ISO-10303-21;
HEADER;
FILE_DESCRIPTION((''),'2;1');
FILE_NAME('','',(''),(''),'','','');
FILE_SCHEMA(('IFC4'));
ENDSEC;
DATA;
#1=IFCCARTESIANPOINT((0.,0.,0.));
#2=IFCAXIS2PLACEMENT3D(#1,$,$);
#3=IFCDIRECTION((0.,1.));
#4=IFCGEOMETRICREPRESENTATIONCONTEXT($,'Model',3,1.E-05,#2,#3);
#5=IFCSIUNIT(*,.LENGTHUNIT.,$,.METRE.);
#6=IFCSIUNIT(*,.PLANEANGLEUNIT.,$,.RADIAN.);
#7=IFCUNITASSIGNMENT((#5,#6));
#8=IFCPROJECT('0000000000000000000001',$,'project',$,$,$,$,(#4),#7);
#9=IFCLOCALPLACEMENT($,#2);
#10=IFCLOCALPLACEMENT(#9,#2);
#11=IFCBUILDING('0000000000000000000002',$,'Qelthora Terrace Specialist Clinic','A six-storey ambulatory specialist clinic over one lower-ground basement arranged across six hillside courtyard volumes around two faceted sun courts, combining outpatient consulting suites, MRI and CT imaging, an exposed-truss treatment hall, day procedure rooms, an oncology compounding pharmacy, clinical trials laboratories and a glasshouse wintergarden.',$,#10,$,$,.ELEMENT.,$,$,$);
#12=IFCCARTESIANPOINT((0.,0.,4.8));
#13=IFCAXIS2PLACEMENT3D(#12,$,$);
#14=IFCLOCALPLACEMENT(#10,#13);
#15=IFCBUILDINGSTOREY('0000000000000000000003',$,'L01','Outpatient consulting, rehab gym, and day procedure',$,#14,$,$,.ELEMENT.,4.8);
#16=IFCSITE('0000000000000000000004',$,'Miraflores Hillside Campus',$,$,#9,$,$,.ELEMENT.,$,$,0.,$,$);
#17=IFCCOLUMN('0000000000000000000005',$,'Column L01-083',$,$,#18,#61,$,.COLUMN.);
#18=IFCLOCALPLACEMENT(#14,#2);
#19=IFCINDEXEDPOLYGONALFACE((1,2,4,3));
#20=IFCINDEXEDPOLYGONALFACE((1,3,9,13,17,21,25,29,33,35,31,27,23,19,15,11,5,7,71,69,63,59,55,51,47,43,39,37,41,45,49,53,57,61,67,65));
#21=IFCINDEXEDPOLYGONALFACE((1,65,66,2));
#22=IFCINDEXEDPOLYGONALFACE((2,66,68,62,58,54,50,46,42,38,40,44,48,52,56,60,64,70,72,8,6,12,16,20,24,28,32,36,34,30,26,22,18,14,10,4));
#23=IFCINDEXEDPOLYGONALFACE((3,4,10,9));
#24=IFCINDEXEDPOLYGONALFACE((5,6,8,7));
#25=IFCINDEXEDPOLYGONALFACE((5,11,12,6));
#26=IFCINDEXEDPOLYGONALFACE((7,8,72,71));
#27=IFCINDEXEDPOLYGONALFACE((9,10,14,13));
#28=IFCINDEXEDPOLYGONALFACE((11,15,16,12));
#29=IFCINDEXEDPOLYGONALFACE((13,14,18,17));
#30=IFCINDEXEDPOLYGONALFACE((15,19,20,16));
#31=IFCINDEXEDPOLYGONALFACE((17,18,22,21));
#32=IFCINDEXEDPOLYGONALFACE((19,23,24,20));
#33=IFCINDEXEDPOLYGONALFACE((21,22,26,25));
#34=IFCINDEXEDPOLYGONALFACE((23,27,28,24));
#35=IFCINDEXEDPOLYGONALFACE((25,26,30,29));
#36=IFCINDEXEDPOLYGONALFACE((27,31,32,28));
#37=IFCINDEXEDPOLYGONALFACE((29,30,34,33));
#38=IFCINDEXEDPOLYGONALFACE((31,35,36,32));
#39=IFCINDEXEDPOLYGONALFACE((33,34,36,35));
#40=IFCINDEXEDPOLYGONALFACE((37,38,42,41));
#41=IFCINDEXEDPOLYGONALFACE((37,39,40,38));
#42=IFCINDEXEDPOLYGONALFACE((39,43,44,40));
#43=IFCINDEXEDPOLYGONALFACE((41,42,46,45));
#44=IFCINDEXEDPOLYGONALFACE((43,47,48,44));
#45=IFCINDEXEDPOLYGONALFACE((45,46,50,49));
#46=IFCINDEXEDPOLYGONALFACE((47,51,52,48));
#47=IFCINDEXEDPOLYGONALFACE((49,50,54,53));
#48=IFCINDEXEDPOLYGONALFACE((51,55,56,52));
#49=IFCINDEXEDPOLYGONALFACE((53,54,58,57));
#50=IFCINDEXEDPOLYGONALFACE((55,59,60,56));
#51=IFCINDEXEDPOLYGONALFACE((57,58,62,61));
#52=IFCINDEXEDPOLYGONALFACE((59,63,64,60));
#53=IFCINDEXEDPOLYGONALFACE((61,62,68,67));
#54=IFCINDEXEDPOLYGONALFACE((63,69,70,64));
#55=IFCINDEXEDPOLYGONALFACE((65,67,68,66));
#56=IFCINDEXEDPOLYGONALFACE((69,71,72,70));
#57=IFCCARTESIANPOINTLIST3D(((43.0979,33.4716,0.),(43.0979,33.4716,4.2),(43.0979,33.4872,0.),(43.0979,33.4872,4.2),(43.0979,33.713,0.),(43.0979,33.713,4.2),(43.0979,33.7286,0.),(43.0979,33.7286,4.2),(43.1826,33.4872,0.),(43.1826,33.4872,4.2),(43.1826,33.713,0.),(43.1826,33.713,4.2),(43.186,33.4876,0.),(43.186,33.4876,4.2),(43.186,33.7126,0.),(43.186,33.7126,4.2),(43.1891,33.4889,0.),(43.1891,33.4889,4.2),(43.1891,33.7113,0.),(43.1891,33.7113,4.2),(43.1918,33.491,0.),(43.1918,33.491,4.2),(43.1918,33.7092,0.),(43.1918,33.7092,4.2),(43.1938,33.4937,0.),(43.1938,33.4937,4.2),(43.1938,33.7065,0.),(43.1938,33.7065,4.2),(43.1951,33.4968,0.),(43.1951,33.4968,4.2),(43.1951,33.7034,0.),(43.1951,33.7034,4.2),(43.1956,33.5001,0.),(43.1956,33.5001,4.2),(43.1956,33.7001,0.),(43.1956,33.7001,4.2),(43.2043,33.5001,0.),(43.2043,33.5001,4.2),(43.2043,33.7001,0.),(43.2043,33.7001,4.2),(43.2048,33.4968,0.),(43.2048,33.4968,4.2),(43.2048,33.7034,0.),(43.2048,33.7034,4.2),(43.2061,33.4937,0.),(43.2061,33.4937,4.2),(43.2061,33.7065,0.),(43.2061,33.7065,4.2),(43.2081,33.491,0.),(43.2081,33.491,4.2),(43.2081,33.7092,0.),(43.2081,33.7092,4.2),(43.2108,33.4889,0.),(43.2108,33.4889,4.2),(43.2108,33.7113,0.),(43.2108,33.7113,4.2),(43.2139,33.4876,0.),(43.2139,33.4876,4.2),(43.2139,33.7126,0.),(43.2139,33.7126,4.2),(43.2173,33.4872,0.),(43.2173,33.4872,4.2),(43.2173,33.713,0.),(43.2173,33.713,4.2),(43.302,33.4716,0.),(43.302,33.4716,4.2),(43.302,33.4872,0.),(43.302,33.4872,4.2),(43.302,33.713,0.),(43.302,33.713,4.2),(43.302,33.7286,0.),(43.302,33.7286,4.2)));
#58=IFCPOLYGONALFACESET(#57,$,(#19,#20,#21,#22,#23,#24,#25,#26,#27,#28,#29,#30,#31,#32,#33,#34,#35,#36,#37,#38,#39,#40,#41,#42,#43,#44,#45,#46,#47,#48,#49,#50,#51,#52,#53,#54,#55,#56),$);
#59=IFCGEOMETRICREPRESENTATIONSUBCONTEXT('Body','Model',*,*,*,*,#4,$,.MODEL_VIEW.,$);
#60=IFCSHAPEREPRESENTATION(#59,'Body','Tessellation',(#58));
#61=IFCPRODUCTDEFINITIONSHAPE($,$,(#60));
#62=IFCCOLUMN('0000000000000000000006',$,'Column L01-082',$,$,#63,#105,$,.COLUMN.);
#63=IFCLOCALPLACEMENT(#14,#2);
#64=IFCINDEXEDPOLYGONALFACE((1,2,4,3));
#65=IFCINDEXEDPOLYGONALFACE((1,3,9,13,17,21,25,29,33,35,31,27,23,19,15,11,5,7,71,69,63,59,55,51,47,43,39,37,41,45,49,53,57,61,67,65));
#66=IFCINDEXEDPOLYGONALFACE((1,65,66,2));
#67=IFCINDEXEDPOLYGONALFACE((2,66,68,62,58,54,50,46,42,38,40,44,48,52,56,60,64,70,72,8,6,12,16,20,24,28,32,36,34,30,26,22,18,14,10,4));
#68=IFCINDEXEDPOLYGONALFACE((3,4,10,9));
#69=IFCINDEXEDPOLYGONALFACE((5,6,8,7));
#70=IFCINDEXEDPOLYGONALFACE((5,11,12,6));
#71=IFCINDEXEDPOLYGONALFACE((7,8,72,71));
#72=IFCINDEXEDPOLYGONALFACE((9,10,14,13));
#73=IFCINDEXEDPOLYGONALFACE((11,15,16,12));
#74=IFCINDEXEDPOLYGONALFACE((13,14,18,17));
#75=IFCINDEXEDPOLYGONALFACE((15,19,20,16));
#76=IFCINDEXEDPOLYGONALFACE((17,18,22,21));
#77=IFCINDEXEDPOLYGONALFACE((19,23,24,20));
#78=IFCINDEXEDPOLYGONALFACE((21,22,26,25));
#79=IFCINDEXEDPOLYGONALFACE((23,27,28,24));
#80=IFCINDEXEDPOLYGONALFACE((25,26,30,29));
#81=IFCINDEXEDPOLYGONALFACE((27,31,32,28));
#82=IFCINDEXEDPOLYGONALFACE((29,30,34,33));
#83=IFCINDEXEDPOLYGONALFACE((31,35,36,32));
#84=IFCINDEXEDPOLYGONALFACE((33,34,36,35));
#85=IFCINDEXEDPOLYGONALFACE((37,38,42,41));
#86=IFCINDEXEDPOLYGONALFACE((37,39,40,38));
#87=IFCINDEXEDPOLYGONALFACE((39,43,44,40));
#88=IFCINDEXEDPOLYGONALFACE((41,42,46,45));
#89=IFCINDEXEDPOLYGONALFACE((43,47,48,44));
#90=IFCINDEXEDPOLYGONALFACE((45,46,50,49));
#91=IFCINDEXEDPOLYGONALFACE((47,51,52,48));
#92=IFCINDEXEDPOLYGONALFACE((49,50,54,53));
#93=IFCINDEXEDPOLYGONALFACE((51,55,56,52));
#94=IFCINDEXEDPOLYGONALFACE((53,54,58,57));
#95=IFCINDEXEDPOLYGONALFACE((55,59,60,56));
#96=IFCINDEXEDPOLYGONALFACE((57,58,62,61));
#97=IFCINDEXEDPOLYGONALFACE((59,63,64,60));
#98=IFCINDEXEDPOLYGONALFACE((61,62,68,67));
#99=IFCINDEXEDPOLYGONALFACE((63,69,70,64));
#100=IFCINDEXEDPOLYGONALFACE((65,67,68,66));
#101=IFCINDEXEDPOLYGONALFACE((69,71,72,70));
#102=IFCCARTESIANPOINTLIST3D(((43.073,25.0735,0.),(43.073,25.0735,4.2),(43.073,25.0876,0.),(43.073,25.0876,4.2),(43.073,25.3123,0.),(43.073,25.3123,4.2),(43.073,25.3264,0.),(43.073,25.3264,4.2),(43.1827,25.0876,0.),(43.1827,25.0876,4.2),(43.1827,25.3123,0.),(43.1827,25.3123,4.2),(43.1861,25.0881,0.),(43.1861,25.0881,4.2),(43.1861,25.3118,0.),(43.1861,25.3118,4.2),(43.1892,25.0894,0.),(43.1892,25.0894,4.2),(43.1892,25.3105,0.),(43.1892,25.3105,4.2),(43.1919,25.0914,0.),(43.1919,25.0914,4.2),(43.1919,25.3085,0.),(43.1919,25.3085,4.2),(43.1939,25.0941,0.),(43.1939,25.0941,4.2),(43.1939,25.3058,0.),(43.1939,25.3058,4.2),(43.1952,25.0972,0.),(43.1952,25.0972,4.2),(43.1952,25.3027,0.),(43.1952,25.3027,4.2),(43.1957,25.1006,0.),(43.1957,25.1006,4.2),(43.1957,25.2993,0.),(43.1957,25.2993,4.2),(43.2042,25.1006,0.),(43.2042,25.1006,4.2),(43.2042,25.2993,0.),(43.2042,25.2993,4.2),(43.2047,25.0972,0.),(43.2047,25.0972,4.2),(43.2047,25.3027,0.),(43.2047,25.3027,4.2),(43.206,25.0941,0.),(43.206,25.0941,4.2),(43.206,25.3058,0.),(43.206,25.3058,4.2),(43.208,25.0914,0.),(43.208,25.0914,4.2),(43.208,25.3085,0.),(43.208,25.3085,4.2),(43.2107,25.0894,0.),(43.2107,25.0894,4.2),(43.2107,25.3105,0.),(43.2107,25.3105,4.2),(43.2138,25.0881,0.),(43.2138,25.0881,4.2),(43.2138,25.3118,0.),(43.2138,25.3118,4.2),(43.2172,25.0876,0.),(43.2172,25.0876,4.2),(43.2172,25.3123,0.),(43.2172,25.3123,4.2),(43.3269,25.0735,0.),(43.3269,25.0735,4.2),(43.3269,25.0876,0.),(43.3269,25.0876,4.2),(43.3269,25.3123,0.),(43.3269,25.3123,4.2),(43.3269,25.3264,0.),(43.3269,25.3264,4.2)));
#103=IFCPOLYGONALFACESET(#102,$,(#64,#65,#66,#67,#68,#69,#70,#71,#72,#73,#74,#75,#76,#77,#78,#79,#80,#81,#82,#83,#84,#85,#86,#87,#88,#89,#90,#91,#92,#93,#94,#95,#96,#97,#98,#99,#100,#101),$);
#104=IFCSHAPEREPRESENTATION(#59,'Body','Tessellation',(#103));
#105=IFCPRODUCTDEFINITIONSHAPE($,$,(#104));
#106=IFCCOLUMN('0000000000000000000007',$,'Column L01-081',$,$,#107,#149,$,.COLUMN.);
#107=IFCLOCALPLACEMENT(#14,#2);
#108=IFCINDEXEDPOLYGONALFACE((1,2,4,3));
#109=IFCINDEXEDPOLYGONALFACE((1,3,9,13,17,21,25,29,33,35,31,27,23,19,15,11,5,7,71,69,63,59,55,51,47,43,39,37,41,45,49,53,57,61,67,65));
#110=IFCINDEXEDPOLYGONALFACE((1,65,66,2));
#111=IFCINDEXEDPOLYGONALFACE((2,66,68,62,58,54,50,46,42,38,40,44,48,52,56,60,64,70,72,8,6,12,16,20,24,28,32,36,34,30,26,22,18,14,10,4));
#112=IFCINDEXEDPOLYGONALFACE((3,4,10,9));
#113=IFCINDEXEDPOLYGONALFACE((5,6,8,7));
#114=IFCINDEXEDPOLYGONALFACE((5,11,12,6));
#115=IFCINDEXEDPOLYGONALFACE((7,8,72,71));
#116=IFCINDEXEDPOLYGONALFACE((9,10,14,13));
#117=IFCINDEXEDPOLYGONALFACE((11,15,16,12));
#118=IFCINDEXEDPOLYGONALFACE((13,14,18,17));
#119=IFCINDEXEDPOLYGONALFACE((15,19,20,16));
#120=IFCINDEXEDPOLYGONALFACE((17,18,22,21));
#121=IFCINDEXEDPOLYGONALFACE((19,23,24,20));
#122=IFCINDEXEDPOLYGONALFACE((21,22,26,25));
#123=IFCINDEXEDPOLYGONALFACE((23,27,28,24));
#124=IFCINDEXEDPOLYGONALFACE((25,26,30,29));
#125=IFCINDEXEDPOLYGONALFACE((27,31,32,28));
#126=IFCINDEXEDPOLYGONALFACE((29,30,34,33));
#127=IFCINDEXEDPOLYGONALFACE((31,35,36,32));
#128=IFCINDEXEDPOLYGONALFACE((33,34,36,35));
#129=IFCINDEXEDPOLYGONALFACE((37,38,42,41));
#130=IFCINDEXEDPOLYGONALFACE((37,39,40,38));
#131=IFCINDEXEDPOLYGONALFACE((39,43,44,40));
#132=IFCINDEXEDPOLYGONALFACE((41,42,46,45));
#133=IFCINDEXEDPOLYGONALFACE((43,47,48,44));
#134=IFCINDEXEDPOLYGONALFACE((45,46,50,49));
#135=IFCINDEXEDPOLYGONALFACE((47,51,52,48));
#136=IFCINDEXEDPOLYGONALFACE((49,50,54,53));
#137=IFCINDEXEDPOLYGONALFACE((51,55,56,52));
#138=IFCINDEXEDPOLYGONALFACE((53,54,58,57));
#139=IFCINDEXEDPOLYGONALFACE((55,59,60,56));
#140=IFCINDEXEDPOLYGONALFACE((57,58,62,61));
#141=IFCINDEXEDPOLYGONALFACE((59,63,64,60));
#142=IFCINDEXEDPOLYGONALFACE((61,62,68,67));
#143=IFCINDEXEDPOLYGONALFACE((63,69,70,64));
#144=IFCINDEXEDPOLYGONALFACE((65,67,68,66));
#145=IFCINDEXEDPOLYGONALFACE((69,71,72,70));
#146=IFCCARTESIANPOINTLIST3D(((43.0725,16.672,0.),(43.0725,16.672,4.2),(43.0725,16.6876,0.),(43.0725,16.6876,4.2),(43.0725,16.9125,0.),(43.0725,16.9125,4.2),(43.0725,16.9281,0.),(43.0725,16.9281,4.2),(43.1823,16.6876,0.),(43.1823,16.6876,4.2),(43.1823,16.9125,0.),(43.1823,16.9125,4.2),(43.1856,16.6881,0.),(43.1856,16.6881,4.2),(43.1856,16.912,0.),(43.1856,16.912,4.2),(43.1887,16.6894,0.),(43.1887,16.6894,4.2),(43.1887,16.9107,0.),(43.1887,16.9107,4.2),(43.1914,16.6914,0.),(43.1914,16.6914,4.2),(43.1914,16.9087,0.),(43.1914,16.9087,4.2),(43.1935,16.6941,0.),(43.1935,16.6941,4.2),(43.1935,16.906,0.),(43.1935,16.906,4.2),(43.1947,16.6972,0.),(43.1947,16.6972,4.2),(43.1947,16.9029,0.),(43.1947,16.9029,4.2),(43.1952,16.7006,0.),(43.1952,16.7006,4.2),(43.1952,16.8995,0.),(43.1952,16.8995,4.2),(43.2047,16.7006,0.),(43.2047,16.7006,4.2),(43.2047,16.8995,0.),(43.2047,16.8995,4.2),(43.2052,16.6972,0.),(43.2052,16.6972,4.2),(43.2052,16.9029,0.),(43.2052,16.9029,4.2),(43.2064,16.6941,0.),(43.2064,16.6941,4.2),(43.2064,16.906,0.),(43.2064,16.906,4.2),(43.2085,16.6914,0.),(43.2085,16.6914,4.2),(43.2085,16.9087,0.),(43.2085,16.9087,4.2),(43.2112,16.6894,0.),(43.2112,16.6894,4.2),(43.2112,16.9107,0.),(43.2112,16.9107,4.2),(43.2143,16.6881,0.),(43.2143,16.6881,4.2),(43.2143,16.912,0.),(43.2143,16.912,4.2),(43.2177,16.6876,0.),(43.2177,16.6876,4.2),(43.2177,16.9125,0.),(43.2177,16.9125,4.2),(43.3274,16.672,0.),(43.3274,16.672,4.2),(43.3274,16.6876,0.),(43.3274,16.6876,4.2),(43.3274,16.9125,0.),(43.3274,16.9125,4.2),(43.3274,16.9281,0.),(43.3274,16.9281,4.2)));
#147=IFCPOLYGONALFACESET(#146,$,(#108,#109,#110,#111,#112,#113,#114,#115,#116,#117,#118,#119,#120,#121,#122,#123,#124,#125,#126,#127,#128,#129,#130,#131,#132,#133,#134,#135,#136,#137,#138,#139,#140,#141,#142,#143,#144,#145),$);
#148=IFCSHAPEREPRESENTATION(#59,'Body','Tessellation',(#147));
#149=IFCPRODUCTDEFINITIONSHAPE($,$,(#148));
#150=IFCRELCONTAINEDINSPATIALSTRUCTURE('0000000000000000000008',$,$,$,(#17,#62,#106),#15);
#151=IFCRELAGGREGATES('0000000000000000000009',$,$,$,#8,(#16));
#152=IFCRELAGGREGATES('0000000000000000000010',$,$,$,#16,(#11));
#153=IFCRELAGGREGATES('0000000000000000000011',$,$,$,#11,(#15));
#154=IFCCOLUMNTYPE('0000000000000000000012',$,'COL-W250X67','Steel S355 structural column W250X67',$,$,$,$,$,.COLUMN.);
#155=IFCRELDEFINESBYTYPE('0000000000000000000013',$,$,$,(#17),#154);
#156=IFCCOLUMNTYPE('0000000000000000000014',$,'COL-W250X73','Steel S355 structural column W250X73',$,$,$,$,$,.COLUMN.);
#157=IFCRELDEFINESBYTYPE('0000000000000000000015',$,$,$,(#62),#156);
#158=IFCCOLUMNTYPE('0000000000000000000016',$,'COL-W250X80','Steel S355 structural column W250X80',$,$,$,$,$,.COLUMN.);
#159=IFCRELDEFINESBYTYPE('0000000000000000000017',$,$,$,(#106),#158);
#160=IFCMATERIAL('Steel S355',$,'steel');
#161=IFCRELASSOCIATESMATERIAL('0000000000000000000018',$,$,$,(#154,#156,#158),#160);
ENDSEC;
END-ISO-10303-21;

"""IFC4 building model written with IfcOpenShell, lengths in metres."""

from ifc_helpers import new_model, si_unit, direction, frame, origin, origin_2d, place, context, subcontext, project, spatial, i_section, extrude, material, material_profile, profile_set, type_object, element, save


model = new_model("IFC4")

# Units and contexts
model_context = context("Model", 3, precision=1e-05, world=origin(), true_north=direction((0.0, 1.0)))
body_context = subcontext(model_context, "Body", "Model", "MODEL_VIEW")
ifc_project = project(units=[si_unit("LENGTHUNIT", "METRE"), si_unit("PLANEANGLEUNIT", "RADIAN")], contexts=[model_context])

# Site, building, storey
site_placement = place(None, origin())
site = spatial("IfcSite", under=ifc_project, at=site_placement, Name="Miraflores Hillside Campus", CompositionType="ELEMENT", RefElevation=0.0)
building_placement = place(site_placement, origin())
building = spatial("IfcBuilding", under=site, at=building_placement, Name="Qelthora Terrace Specialist Clinic", Description="A six-storey ambulatory specialist clinic over one lower-ground basement arranged across six hillside courtyard volumes around two faceted sun courts, combining outpatient consulting suites, MRI and CT imaging, an exposed-truss treatment hall, day procedure rooms, an oncology compounding pharmacy, clinical trials laboratories and a glasshouse wintergarden.", CompositionType="ELEMENT")
storey_placement = place(building_placement, frame((0.0, 0.0, 4.8)))
storey = spatial("IfcBuildingStorey", under=building, at=storey_placement, Name="L01", Description="Outpatient consulting, rehab gym, and day procedure", CompositionType="ELEMENT", Elevation=4.8)

# Columns
ifc_material_1 = material(Name="Steel S355", Category="steel")
ifc_material_profile_1 = material_profile(ifc_material_1, i_section(OverallWidth=0.2041, OverallDepth=0.2571, WebThickness=0.0088, FlangeThickness=0.0156, FilletRadius=0.0129, at=origin_2d()), Name="W250X67")
ifc_profile_set_1 = profile_set([ifc_material_profile_1], Name="Steel S355")
column_type_1 = type_object("IfcColumnType", Name="COL-W250X67", Description="Steel S355 structural column W250X67", PredefinedType="COLUMN", material=ifc_profile_set_1)
column_1_placement = place(storey_placement, frame((43.2, 33.6001, 0.0), z_axis=(0.0, 0.0, 1.0), x_axis=(1.0, 0.0, 0.0)))
element("IfcColumn", 1, at=column_1_placement, inside=storey, type_object=column_type_1, Name="Column L01-083", PredefinedType="COLUMN", context=body_context, shape_type="SweptSolid", body=[
    extrude(i_section(OverallWidth=0.2041, OverallDepth=0.2571, WebThickness=0.0088, FlangeThickness=0.0156, FilletRadius=0.0129, at=origin_2d()), origin(), (0.0, 0.0, 1.0), 4.2),
])
ifc_material_profile_2 = material_profile(ifc_material_1, i_section(OverallWidth=0.2539, OverallDepth=0.2529, WebThickness=0.0085, FlangeThickness=0.0142, FilletRadius=0.0129, at=origin_2d()), Name="W250X73")
ifc_profile_set_2 = profile_set([ifc_material_profile_2], Name="Steel S355")
column_type_2 = type_object("IfcColumnType", Name="COL-W250X73", Description="Steel S355 structural column W250X73", PredefinedType="COLUMN", material=ifc_profile_set_2)
column_2_placement = place(storey_placement, frame((43.2, 25.2, 0.0), z_axis=(0.0, 0.0, 1.0), x_axis=(1.0, 0.0, 0.0)))
element("IfcColumn", 2, at=column_2_placement, inside=storey, type_object=column_type_2, Name="Column L01-082", PredefinedType="COLUMN", context=body_context, shape_type="SweptSolid", body=[
    extrude(i_section(OverallWidth=0.2539, OverallDepth=0.2529, WebThickness=0.0085, FlangeThickness=0.0142, FilletRadius=0.0129, at=origin_2d()), origin(), (0.0, 0.0, 1.0), 4.2),
])
ifc_material_profile_3 = material_profile(ifc_material_1, i_section(OverallWidth=0.2549, OverallDepth=0.2561, WebThickness=0.0095, FlangeThickness=0.0156, FilletRadius=0.0129, at=origin_2d()), Name="W250X80")
ifc_profile_set_3 = profile_set([ifc_material_profile_3], Name="Steel S355")
column_type_3 = type_object("IfcColumnType", Name="COL-W250X80", Description="Steel S355 structural column W250X80", PredefinedType="COLUMN", material=ifc_profile_set_3)
column_3_placement = place(storey_placement, frame((43.2, 16.8, 0.0), z_axis=(0.0, 0.0, 1.0), x_axis=(1.0, 0.0, 0.0)))
element("IfcColumn", 3, at=column_3_placement, inside=storey, type_object=column_type_3, Name="Column L01-081", PredefinedType="COLUMN", context=body_context, shape_type="SweptSolid", body=[
    extrude(i_section(OverallWidth=0.2549, OverallDepth=0.2561, WebThickness=0.0095, FlangeThickness=0.0156, FilletRadius=0.0129, at=origin_2d()), origin(), (0.0, 0.0, 1.0), 4.2),
])

save(model, "model.ifc")
